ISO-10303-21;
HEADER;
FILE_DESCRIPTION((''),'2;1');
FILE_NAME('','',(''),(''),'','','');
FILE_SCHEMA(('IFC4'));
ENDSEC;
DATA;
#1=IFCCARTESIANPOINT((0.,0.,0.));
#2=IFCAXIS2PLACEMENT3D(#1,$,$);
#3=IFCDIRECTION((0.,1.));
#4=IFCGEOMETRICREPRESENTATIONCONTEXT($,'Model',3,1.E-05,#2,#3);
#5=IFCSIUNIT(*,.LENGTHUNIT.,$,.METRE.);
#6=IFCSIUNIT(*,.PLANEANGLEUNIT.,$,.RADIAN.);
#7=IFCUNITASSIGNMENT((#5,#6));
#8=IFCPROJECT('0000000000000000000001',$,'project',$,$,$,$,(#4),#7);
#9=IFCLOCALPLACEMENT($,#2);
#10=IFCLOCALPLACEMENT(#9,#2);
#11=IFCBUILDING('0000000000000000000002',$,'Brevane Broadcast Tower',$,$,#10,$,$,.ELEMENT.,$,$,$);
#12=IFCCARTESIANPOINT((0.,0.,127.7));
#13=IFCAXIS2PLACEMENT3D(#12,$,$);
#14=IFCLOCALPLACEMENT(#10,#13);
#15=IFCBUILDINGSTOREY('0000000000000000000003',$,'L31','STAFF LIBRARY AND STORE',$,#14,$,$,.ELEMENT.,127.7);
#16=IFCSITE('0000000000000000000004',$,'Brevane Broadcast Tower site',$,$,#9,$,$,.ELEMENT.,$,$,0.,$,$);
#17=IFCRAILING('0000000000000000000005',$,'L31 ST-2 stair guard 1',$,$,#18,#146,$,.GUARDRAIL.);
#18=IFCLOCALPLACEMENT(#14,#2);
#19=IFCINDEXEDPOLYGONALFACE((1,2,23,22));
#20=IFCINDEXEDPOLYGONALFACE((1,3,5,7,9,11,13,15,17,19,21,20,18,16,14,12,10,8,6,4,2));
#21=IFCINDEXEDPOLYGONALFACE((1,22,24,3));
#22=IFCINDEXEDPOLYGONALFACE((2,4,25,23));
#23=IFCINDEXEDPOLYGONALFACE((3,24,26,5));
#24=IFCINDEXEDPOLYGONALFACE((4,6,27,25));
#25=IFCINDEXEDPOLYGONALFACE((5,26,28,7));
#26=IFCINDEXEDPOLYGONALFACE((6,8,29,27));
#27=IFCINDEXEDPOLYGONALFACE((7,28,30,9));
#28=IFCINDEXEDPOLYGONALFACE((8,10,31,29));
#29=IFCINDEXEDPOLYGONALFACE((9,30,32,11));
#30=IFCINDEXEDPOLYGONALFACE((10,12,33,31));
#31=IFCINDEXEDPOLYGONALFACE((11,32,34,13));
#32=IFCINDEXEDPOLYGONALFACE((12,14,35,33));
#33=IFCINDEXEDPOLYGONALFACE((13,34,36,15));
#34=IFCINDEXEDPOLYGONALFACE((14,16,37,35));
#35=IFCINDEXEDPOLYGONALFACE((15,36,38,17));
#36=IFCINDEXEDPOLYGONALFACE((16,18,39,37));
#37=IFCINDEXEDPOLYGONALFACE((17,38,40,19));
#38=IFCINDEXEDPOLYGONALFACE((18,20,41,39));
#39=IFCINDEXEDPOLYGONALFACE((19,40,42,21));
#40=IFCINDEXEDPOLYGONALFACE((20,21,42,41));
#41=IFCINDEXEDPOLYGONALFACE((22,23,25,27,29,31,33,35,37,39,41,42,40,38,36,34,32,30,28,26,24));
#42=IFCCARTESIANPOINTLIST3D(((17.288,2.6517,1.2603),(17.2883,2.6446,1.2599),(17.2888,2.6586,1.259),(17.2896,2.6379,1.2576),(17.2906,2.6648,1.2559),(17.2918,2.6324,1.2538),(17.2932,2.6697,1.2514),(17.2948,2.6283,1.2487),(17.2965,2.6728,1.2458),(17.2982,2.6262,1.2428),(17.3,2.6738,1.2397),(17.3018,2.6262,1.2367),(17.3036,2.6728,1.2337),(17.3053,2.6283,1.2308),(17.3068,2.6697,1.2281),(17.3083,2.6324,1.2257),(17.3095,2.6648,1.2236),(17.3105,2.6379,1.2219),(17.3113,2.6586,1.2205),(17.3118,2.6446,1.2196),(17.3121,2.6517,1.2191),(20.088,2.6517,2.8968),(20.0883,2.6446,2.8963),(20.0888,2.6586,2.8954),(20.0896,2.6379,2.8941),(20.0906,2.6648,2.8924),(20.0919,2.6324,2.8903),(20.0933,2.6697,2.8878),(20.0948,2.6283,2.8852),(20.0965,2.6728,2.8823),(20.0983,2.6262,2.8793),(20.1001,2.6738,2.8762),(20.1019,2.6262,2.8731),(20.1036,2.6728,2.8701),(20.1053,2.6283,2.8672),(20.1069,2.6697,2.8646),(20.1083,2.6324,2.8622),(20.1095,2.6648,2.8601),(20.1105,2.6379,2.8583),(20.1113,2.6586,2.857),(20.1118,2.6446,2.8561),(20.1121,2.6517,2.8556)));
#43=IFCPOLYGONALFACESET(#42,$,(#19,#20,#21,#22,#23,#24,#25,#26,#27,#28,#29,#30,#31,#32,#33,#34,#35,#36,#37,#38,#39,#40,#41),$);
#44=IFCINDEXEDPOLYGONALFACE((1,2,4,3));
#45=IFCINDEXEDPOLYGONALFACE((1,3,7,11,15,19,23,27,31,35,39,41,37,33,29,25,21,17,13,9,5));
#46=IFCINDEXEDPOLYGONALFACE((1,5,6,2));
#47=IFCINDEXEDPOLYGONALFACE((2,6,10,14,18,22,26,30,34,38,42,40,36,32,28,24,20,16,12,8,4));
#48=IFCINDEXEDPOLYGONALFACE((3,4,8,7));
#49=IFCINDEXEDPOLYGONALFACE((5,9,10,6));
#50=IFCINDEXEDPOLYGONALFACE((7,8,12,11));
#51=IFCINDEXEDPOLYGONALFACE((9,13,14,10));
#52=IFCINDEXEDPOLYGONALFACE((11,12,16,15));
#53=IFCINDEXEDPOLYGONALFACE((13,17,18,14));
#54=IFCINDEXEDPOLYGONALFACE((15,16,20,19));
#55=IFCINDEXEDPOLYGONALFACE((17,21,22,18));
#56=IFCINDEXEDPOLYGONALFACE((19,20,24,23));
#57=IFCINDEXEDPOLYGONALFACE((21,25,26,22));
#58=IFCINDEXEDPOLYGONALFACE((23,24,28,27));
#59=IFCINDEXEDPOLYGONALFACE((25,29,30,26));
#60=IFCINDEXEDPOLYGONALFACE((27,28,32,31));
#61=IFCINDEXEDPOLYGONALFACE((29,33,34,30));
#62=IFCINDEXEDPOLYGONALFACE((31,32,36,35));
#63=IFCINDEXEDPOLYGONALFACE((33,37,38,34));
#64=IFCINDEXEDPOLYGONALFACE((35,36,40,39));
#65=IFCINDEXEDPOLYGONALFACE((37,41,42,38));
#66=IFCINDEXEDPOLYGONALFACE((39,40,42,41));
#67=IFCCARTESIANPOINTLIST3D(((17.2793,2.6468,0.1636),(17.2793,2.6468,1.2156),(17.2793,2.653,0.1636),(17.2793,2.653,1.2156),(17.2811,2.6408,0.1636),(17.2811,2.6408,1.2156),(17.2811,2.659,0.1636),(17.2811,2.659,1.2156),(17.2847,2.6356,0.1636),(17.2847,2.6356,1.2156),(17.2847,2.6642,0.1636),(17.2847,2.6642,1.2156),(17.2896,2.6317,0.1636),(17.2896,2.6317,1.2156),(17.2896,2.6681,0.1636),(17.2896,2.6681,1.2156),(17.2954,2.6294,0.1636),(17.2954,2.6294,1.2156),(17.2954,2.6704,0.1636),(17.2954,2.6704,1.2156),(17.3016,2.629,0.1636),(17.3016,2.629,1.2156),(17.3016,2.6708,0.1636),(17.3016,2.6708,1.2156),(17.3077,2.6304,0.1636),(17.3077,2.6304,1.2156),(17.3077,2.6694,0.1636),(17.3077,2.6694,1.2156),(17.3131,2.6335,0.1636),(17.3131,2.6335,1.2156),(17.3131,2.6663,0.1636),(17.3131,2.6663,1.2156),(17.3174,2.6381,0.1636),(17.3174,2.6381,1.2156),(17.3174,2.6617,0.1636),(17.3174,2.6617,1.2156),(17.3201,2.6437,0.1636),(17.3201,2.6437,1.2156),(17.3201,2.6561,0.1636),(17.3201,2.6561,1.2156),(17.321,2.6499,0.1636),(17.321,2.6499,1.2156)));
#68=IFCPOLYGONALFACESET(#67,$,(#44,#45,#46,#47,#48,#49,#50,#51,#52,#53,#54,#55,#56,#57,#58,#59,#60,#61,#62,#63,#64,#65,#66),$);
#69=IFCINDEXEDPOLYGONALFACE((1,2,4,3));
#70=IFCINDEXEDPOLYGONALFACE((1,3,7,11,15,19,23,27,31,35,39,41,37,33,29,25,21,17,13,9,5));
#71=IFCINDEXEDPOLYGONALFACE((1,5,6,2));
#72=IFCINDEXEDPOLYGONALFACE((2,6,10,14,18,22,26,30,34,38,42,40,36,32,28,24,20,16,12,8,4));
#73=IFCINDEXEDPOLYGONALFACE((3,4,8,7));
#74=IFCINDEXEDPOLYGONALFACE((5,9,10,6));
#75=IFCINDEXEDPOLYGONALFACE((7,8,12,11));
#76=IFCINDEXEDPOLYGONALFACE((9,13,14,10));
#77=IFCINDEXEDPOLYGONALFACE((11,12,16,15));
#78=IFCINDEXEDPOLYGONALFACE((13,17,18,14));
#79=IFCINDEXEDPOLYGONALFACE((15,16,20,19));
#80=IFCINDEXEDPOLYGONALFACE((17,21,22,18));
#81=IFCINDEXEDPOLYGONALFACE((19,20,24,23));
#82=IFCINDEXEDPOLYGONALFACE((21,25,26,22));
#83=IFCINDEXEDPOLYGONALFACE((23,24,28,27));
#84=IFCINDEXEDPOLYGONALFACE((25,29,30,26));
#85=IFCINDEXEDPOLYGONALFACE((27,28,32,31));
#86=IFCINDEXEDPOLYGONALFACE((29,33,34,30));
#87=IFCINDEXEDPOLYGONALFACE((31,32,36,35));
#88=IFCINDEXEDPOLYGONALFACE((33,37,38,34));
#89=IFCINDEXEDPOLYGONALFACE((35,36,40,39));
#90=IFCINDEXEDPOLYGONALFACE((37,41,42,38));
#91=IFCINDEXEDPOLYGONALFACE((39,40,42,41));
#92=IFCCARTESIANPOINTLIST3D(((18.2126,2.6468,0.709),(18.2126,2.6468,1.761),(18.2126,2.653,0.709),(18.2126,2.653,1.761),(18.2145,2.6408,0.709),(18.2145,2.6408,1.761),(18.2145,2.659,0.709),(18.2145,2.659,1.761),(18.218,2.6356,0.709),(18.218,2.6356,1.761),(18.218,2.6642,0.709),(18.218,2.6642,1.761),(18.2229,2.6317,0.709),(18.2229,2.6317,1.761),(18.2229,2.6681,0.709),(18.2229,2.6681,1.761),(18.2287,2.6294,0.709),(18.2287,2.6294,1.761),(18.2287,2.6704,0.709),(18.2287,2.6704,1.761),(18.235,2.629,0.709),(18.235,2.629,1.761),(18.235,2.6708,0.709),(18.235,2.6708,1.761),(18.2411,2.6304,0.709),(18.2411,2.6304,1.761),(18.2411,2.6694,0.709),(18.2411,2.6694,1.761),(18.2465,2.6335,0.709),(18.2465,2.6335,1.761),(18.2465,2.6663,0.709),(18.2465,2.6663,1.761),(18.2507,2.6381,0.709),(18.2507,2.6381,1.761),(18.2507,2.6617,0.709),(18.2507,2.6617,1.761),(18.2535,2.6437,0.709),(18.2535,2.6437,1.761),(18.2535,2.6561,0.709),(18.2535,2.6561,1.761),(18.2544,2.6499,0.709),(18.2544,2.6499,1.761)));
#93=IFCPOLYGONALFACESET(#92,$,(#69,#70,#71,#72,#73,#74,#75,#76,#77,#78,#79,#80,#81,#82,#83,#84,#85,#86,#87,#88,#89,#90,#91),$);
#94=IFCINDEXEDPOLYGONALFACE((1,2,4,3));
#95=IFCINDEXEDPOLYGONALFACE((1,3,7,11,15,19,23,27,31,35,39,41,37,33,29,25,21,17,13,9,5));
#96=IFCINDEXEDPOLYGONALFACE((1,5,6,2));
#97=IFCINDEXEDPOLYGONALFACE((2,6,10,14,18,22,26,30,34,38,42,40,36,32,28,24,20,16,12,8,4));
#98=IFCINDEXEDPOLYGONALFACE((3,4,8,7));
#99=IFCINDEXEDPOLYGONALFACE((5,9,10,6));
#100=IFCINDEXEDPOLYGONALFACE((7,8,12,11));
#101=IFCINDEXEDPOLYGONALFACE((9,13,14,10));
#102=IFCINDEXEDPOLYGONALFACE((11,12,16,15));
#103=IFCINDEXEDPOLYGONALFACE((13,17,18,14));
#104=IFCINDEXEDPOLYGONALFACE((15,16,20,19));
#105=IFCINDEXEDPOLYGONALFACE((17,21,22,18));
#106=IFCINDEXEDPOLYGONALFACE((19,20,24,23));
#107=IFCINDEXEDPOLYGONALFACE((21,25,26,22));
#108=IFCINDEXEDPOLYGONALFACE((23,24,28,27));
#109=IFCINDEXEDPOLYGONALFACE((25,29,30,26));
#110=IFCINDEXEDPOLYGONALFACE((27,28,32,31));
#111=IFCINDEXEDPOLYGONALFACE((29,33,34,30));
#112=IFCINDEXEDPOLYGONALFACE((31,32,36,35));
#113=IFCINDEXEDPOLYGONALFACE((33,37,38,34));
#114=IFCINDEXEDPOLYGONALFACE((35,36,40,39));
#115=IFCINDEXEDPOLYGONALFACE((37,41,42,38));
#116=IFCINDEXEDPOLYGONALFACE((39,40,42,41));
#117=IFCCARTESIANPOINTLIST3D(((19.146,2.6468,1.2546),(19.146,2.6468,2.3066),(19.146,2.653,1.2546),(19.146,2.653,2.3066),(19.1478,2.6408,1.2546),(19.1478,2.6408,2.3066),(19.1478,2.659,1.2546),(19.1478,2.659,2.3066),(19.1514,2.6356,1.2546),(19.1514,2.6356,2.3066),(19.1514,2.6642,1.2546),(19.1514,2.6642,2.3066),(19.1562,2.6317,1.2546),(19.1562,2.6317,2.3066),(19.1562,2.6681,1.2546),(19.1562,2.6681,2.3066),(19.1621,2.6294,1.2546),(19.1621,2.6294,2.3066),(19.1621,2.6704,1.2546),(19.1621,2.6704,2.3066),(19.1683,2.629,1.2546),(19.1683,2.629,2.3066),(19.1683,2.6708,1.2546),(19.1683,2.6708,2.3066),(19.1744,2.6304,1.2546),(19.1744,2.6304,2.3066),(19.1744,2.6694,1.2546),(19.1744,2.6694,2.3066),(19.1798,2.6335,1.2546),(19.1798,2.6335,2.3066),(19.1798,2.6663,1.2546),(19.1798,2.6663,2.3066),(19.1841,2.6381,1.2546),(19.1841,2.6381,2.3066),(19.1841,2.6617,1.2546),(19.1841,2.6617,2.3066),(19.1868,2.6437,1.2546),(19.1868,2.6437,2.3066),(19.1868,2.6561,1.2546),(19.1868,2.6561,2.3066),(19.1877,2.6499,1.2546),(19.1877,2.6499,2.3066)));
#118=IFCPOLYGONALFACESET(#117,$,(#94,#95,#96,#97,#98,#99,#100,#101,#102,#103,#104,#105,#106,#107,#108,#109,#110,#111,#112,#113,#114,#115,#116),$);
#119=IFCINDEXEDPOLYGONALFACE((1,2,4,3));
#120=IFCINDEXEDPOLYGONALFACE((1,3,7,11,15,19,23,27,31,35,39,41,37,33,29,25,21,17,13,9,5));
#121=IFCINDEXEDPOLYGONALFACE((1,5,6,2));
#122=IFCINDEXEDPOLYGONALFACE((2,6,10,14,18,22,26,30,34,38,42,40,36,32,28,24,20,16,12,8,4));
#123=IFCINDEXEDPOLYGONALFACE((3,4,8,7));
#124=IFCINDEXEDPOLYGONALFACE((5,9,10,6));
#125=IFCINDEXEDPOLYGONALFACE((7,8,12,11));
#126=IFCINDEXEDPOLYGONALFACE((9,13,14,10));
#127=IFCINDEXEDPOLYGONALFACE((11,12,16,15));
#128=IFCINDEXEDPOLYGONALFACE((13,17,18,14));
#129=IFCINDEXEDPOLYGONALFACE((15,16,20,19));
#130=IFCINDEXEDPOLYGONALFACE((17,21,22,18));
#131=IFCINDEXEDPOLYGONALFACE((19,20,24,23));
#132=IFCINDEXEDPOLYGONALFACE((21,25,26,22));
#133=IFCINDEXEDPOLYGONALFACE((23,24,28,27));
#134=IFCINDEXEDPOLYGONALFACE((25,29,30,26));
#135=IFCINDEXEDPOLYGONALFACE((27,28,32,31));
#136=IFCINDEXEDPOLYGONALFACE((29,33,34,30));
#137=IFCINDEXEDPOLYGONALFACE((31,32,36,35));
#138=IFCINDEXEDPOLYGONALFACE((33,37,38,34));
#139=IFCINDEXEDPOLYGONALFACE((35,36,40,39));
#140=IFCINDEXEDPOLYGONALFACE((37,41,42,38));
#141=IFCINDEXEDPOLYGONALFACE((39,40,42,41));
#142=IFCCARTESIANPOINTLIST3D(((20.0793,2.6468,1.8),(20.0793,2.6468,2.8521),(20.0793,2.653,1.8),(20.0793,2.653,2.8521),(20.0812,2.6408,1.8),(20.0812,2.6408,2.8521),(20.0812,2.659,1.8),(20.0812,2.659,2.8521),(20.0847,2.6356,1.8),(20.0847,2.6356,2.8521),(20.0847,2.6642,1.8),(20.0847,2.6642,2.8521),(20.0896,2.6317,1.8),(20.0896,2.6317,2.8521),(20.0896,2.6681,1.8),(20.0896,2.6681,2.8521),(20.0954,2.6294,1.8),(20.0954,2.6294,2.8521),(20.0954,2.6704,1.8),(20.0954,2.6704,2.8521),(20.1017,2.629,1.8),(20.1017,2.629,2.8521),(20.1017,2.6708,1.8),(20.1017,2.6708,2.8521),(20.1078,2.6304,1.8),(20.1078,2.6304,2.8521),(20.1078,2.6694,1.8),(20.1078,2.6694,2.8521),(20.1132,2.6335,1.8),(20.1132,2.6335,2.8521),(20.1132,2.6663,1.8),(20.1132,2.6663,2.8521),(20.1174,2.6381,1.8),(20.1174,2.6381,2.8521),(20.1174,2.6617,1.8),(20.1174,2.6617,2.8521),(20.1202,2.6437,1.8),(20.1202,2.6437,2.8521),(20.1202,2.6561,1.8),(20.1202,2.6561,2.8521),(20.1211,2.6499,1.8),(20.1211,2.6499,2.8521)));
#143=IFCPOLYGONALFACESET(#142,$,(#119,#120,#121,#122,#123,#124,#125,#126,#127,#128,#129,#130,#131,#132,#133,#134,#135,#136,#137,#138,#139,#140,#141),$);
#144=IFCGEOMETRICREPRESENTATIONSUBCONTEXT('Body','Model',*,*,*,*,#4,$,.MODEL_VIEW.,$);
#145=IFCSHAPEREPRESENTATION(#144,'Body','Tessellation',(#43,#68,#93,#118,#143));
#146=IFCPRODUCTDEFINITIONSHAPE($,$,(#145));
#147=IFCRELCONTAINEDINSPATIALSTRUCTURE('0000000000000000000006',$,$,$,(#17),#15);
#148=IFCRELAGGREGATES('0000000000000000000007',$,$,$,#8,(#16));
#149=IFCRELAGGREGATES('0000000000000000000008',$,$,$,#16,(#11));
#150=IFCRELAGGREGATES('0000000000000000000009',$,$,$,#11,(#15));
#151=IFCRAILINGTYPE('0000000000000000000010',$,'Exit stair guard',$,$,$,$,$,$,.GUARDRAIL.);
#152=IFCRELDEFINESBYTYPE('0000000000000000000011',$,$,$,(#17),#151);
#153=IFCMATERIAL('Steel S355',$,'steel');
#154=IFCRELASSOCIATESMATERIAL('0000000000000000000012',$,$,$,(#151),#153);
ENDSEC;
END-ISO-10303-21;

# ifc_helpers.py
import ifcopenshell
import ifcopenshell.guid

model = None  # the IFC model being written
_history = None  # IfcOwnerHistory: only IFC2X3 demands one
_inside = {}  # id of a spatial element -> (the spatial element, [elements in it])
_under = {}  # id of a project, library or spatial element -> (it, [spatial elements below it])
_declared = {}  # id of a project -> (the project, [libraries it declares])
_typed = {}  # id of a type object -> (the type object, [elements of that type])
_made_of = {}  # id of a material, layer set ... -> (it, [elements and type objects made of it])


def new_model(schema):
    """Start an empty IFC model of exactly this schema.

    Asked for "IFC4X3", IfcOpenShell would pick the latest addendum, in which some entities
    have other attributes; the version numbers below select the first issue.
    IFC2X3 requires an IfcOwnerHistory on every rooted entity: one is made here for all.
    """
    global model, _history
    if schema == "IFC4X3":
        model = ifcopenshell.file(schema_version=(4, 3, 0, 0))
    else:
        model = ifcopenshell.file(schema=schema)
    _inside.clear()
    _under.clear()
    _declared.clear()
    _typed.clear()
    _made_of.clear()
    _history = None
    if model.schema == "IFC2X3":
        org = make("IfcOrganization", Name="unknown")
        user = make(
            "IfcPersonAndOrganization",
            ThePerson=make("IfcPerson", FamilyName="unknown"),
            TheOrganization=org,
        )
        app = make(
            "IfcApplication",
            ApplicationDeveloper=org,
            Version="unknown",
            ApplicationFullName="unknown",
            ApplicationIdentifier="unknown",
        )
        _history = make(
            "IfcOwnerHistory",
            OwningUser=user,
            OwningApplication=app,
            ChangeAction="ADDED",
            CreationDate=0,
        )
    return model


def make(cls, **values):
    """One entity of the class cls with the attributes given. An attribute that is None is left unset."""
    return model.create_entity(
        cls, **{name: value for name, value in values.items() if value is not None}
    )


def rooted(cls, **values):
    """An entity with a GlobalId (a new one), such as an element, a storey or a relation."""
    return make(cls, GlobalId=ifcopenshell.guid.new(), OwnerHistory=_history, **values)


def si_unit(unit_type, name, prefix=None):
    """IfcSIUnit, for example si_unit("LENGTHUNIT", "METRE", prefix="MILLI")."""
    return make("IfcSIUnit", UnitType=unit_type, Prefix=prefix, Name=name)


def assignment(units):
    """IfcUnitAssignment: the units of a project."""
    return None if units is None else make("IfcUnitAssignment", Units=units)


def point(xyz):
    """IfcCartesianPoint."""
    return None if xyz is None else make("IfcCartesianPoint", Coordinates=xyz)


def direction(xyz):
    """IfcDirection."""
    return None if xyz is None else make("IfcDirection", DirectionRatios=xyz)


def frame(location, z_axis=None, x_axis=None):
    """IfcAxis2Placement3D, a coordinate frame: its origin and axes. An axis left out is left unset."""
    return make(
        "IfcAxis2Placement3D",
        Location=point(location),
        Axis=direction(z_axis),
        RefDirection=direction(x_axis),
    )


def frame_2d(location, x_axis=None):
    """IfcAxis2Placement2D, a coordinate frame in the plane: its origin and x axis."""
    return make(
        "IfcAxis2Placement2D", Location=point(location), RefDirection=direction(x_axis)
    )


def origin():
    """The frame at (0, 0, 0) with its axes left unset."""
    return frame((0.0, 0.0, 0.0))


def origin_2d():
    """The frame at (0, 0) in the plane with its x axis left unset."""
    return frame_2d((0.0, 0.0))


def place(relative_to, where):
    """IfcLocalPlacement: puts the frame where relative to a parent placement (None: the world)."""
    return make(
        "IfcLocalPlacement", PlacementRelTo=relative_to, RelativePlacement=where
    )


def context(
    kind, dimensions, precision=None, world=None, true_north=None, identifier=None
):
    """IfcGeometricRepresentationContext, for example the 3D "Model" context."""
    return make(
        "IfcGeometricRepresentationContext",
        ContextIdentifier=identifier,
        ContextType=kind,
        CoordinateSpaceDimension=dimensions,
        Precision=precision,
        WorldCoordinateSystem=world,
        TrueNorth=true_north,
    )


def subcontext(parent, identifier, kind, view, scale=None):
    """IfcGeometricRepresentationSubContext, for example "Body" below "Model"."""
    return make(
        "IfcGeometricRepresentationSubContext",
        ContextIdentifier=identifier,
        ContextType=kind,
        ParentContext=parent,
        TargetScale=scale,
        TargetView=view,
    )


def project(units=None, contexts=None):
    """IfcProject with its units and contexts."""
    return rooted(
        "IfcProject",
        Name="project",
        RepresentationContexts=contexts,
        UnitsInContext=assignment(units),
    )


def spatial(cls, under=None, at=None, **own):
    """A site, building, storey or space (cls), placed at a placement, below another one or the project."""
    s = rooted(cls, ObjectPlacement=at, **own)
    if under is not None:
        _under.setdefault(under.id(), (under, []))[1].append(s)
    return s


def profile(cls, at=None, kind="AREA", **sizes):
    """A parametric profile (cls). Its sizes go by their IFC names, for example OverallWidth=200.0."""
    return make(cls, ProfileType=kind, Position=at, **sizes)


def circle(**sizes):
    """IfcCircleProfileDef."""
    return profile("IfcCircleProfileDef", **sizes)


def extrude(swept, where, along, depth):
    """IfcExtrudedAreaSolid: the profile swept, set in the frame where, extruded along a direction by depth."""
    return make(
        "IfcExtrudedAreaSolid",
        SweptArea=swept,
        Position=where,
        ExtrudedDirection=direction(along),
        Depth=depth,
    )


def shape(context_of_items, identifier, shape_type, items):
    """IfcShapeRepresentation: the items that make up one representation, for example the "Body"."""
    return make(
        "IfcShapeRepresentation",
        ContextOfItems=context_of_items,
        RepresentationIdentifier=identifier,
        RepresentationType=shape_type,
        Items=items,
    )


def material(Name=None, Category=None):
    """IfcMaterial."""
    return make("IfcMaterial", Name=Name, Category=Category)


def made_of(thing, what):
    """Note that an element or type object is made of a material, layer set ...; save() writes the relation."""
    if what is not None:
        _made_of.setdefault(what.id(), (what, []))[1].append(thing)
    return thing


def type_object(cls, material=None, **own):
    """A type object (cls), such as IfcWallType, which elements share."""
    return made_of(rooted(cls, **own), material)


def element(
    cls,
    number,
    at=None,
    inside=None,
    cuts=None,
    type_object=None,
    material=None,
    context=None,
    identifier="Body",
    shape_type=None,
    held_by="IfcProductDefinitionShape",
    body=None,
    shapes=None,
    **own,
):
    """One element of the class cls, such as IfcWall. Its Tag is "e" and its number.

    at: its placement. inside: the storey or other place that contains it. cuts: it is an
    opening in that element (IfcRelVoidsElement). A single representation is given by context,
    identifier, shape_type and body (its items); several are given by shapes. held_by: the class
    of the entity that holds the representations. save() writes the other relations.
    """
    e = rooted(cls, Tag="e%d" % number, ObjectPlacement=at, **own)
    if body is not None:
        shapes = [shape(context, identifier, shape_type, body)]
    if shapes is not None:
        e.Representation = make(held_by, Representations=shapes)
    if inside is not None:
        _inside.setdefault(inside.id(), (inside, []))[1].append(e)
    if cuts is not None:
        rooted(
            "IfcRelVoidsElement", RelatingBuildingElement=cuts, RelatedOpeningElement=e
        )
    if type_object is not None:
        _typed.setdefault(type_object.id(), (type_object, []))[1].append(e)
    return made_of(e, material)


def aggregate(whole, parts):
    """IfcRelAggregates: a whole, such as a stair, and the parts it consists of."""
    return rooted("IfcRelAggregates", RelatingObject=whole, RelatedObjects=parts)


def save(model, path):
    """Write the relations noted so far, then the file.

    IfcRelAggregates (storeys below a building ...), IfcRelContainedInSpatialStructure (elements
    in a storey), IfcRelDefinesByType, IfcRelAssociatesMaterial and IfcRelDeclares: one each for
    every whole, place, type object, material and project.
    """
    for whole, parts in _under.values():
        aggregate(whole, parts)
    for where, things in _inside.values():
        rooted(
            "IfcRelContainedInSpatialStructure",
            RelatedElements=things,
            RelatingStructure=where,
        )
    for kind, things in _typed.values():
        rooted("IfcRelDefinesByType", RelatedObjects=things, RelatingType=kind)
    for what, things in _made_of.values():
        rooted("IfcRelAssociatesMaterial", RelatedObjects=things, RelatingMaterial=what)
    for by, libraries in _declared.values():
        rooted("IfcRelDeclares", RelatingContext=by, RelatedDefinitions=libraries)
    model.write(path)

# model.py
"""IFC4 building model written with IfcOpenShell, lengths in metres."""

from ifc_helpers import new_model, si_unit, direction, frame, origin, origin_2d, place, context, subcontext, project, spatial, circle, extrude, material, type_object, element, save


model = new_model("IFC4")

# Units and contexts
model_context = context("Model", 3, precision=1e-05, world=origin(), true_north=direction((0.0, 1.0)))
body_context = subcontext(model_context, "Body", "Model", "MODEL_VIEW")
ifc_project = project(units=[si_unit("LENGTHUNIT", "METRE"), si_unit("PLANEANGLEUNIT", "RADIAN")], contexts=[model_context])

# Site, building, storey
site_placement = place(None, origin())
site = spatial("IfcSite", under=ifc_project, at=site_placement, Name="Brevane Broadcast Tower site", CompositionType="ELEMENT", RefElevation=0.0)
building_placement = place(site_placement, origin())
building = spatial("IfcBuilding", under=site, at=building_placement, Name="Brevane Broadcast Tower", CompositionType="ELEMENT")
storey_placement = place(building_placement, frame((0.0, 0.0, 127.7)))
storey = spatial("IfcBuildingStorey", under=building, at=storey_placement, Name="L31", Description="STAFF LIBRARY AND STORE", CompositionType="ELEMENT", Elevation=127.7)

# Railing
ifc_material_1 = material(Name="Steel S355", Category="steel")
railing_type_1 = type_object("IfcRailingType", Name="Exit stair guard", PredefinedType="GUARDRAIL", material=ifc_material_1)
railing_1_placement = place(storey_placement, frame((17.3, 2.6499, 0.1636)))
element("IfcRailing", 1, at=railing_1_placement, inside=storey, type_object=railing_type_1, Name="L31 ST-2 stair guard 1", PredefinedType="GUARDRAIL", context=body_context, shape_type="SweptSolid", body=[
    extrude(circle(Radius=0.0239, at=origin_2d()), frame((0.0, 0.0, 1.0762), z_axis=(0.863361, 0.0, 0.504587), x_axis=(0.0, 1.0, 0.0)), (0.0, 0.0, 1.0), 3.2432),
    extrude(circle(Radius=0.021, at=origin_2d()), origin(), (0.0, 0.0, 1.0), 1.052),
    extrude(circle(Radius=0.021, at=origin_2d()), frame((0.9333, 0.0, 0.5454)), (0.0, 0.0, 1.0), 1.052),
    extrude(circle(Radius=0.021, at=origin_2d()), frame((1.8667, 0.0, 1.0911)), (0.0, 0.0, 1.0), 1.052),
    extrude(circle(Radius=0.021, at=origin_2d()), frame((2.8, 0.0, 1.6365)), (0.0, 0.0, 1.0), 1.052),
])

save(model, "model.ifc")
